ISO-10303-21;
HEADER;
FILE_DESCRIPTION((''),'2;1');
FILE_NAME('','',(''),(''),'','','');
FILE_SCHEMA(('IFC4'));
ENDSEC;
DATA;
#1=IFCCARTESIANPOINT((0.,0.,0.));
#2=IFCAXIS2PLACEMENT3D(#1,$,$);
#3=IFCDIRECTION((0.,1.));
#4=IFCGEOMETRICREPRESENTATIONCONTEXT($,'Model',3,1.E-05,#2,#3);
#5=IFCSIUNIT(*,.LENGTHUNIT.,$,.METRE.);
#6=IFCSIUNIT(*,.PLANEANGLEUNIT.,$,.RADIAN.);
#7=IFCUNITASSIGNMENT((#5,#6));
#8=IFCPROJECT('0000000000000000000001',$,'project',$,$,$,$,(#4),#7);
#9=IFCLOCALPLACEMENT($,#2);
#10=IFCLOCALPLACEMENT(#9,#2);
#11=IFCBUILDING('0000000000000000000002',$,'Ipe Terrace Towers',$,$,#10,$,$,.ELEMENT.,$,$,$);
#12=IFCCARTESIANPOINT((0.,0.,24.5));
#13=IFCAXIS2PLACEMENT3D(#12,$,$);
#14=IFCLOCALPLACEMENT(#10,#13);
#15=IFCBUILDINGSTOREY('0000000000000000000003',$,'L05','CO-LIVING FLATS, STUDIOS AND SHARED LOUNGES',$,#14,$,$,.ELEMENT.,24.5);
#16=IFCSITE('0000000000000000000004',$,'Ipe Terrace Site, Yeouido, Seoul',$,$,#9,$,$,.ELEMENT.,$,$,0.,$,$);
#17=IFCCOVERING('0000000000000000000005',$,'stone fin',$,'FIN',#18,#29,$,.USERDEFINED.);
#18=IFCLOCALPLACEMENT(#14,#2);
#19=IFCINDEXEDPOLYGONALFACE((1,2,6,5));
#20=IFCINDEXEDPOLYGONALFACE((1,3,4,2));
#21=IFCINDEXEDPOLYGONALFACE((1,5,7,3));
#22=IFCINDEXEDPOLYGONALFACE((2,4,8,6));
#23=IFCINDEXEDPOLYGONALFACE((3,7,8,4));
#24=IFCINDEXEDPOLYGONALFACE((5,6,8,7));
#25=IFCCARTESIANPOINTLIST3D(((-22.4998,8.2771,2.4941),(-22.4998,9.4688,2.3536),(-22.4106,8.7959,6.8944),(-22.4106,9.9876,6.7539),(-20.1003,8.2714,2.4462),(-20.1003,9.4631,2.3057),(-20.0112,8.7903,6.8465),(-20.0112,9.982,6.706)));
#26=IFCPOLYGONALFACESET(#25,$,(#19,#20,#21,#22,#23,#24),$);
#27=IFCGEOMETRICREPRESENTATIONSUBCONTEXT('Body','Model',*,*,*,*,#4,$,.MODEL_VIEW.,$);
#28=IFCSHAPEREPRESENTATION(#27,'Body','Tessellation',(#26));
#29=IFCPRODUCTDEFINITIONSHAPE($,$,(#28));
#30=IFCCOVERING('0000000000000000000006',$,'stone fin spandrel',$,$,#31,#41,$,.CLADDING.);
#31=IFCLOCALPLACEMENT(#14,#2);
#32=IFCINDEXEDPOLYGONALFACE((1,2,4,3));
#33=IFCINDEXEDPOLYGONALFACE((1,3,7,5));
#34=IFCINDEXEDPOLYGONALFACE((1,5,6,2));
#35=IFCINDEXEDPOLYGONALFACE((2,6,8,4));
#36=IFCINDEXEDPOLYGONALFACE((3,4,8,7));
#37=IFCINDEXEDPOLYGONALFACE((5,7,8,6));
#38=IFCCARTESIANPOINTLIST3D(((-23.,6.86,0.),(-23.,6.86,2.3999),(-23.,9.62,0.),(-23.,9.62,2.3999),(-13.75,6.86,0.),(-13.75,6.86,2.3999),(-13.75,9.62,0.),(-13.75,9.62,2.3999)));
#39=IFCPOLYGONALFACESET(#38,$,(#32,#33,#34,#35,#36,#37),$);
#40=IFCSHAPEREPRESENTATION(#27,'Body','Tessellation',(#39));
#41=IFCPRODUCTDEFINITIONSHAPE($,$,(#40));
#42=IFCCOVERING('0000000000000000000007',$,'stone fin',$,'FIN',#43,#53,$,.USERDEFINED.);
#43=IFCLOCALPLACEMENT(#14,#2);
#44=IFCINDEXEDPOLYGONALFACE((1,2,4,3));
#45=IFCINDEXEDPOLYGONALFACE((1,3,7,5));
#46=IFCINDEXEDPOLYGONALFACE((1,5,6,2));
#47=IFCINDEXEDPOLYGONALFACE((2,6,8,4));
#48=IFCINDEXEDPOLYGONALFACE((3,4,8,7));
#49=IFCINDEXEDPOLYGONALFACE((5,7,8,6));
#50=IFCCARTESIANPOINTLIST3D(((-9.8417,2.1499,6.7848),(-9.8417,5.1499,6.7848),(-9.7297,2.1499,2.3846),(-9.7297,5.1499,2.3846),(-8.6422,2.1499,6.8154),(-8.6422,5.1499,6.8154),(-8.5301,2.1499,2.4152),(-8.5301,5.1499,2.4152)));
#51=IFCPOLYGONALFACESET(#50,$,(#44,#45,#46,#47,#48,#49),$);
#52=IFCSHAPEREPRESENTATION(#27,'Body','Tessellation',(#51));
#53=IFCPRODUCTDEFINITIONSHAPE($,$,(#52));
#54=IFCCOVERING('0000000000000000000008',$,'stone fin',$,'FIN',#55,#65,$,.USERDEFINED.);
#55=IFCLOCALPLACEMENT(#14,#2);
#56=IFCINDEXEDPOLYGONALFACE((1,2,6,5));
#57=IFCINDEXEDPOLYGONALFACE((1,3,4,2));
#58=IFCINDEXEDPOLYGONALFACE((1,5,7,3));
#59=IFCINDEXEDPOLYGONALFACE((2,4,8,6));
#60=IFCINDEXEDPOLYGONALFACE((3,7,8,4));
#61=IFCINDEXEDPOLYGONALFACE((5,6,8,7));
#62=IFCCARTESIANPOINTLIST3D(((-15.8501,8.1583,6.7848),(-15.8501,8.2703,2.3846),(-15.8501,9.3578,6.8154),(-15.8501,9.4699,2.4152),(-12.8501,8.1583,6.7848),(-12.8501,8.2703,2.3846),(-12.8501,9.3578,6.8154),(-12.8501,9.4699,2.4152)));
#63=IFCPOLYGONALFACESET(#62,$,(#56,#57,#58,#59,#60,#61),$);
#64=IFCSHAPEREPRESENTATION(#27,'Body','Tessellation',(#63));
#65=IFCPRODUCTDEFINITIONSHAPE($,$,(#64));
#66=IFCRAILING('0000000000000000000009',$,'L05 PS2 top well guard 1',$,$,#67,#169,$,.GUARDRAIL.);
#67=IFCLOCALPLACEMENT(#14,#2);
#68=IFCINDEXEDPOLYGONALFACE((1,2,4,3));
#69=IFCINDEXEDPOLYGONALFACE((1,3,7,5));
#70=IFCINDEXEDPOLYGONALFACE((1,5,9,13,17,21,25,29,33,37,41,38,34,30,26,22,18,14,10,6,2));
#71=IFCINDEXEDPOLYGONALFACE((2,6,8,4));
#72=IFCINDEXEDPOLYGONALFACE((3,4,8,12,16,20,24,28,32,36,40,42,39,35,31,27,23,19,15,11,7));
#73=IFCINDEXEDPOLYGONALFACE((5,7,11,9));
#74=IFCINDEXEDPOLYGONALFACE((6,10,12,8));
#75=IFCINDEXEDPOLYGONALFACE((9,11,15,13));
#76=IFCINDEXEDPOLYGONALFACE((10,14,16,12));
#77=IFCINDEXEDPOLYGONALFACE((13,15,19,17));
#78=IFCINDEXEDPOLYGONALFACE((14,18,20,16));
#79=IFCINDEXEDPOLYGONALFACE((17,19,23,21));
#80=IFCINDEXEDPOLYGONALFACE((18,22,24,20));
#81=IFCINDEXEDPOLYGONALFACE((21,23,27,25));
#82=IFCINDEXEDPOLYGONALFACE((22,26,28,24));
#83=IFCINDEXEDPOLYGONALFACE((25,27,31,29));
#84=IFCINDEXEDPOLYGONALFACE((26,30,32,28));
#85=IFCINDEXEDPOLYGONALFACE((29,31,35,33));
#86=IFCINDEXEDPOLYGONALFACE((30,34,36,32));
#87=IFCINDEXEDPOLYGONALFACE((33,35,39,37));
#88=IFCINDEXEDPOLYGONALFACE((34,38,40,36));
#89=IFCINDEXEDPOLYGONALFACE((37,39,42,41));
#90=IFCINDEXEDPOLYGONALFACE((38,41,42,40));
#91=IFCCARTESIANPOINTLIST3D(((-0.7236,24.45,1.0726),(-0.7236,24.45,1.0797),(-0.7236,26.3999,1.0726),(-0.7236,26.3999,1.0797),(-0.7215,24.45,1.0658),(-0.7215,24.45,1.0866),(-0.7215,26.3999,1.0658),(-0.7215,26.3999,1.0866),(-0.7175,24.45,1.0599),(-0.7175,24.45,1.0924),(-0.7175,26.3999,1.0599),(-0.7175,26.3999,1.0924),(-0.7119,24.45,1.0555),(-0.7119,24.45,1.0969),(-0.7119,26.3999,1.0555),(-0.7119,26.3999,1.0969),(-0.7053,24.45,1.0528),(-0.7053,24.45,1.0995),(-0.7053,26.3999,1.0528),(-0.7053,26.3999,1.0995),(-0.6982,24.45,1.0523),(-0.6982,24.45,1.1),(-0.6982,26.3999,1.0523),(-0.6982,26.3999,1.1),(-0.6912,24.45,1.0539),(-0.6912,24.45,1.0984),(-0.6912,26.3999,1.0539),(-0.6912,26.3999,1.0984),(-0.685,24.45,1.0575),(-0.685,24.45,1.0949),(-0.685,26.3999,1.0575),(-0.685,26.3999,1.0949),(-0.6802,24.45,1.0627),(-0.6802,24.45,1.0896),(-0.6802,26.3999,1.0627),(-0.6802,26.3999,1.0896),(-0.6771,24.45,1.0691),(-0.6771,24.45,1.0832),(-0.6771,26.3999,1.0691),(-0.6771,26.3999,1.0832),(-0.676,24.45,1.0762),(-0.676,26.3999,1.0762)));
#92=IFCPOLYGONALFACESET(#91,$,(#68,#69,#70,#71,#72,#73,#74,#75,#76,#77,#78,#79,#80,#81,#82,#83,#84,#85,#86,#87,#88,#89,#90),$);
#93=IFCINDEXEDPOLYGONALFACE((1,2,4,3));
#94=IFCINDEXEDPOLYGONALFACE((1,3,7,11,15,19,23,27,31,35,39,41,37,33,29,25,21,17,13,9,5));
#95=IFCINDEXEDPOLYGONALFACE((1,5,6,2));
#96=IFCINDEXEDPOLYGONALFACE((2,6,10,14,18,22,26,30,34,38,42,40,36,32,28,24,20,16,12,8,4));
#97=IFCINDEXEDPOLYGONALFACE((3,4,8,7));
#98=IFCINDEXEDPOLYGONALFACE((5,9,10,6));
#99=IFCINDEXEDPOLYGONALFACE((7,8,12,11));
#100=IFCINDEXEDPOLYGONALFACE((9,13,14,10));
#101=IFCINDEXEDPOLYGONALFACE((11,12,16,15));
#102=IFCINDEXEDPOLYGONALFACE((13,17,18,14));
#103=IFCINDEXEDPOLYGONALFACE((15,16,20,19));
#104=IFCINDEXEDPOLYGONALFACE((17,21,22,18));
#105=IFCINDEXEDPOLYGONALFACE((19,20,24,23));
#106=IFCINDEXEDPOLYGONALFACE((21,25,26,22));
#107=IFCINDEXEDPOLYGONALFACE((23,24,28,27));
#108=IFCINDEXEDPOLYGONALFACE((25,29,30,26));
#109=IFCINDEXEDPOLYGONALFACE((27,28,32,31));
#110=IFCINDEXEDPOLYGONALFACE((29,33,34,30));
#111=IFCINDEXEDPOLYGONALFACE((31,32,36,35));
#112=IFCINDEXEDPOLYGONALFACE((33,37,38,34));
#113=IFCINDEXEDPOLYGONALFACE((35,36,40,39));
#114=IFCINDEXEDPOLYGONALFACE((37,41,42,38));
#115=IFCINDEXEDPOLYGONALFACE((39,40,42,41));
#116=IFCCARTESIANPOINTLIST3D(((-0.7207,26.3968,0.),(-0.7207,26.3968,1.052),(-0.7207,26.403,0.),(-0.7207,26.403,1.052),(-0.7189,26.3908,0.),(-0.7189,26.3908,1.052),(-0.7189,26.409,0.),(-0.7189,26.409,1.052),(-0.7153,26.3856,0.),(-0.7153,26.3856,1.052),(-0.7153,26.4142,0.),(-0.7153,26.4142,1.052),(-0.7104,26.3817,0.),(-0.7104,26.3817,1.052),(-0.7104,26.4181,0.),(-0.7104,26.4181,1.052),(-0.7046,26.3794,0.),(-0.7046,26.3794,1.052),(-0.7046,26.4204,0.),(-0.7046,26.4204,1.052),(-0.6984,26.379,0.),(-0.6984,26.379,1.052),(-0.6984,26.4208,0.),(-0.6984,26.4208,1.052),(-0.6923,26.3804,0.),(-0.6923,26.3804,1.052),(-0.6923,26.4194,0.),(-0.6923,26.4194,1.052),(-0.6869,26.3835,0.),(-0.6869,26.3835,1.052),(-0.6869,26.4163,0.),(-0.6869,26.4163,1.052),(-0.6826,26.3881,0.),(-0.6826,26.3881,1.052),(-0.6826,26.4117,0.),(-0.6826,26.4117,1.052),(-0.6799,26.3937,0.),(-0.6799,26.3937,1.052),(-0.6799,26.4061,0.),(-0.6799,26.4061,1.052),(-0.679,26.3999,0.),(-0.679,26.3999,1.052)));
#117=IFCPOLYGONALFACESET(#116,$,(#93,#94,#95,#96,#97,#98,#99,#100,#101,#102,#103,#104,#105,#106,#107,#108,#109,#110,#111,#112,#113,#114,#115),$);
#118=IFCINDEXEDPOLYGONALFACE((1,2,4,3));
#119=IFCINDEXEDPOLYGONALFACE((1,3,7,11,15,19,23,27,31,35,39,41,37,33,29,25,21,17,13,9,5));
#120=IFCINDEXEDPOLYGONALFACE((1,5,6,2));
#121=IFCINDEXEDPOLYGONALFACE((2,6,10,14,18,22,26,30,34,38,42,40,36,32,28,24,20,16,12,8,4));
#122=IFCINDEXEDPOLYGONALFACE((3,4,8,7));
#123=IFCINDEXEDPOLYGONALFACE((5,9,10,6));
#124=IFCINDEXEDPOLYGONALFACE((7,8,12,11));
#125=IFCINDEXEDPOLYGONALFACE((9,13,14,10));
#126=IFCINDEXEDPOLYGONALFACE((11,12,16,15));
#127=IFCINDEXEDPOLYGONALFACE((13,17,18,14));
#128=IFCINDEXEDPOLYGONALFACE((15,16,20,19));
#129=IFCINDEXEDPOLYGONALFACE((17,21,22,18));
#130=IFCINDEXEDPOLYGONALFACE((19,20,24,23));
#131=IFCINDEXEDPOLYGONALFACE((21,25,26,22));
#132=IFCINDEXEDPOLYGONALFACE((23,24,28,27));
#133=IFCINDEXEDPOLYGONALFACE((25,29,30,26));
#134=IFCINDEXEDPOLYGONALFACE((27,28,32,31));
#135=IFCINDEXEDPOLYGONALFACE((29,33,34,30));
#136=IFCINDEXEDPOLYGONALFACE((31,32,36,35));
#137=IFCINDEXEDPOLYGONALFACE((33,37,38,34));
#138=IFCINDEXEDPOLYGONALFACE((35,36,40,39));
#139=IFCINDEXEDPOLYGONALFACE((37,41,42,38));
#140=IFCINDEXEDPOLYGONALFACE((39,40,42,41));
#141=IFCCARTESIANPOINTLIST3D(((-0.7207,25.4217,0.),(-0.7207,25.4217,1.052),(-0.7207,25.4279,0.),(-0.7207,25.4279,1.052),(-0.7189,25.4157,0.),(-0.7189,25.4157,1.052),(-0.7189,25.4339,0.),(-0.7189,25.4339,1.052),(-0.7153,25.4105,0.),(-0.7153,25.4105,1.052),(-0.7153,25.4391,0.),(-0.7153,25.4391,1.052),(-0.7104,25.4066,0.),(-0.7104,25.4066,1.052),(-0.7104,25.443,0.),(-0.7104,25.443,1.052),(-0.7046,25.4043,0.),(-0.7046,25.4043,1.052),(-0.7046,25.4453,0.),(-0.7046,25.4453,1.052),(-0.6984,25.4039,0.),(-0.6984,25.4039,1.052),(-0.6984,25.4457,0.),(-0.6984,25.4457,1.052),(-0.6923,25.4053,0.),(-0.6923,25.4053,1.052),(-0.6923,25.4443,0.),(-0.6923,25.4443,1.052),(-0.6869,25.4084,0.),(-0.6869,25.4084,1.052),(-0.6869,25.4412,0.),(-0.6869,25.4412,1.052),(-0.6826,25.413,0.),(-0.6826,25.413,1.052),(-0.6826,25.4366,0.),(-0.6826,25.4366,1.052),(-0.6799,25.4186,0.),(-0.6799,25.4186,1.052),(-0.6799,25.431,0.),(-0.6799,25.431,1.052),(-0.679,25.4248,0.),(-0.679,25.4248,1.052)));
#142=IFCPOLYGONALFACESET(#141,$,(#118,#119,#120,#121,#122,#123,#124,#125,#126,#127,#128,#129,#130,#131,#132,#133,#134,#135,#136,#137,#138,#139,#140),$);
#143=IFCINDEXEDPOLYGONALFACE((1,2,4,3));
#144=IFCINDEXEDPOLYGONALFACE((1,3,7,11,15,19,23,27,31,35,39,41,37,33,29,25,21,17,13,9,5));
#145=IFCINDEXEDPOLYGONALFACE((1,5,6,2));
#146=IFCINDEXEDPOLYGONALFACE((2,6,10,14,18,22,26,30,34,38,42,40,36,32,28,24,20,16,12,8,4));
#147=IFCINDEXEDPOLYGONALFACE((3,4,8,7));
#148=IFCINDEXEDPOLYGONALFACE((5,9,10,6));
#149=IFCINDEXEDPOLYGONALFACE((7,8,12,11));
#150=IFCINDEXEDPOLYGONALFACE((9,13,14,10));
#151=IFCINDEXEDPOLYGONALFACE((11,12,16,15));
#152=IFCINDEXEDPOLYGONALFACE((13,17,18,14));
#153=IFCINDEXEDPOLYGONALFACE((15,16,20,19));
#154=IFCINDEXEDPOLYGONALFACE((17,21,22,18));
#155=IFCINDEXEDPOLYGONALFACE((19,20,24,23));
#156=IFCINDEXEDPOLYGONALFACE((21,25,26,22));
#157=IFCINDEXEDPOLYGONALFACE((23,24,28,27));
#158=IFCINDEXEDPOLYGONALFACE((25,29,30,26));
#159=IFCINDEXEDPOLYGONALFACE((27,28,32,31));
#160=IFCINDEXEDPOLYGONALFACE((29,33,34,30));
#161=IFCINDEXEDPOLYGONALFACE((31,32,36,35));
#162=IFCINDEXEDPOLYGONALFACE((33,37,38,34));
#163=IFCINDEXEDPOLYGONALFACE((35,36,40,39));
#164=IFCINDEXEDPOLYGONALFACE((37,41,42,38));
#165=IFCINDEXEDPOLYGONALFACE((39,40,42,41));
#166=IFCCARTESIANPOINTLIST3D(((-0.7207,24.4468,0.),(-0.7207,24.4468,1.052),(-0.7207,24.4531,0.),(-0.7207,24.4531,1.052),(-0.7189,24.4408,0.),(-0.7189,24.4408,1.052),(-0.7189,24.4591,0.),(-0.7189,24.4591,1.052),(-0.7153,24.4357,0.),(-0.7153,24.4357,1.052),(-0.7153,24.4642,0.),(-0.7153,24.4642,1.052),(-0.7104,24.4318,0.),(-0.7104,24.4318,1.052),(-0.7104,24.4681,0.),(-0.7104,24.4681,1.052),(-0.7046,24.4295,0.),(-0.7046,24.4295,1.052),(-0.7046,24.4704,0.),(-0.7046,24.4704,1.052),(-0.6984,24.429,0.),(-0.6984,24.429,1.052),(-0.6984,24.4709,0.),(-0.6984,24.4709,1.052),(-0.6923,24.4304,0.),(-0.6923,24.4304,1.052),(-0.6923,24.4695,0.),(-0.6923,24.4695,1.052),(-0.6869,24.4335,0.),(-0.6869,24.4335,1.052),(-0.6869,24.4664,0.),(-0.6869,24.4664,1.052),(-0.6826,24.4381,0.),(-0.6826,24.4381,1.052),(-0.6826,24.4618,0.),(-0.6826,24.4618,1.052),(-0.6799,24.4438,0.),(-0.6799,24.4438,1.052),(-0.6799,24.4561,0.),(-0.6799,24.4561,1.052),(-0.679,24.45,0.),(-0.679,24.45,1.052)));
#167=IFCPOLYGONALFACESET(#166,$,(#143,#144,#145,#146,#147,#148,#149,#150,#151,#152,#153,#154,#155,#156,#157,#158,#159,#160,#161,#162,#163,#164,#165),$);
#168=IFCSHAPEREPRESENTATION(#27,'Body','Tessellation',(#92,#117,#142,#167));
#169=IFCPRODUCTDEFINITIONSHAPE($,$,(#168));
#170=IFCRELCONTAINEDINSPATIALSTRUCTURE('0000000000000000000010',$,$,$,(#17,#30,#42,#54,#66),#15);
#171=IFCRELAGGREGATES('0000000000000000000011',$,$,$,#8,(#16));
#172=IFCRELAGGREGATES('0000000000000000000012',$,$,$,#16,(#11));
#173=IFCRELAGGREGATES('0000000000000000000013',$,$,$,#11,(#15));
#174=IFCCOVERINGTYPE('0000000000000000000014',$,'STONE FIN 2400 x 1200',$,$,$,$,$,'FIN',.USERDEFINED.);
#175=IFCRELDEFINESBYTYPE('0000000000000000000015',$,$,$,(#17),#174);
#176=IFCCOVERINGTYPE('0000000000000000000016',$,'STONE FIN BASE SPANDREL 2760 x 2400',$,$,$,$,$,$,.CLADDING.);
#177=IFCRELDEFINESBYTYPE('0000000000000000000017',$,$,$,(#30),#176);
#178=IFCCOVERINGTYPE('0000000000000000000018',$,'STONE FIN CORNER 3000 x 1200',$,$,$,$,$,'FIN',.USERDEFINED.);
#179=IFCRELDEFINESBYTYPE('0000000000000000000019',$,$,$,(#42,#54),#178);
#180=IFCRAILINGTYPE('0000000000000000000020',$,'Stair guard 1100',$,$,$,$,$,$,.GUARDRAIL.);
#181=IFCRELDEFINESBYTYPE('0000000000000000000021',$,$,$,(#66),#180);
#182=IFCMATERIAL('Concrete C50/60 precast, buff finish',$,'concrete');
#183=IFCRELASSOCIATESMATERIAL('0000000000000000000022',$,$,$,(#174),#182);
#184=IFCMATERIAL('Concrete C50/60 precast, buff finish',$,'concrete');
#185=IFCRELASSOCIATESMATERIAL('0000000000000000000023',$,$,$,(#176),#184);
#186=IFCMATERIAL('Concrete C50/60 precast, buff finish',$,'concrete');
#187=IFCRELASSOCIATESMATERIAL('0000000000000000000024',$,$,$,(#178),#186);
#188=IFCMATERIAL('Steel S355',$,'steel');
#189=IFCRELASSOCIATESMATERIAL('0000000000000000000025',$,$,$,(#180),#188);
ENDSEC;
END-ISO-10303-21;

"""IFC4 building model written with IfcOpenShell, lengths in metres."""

from ifc_helpers import new_model, si_unit, direction, frame, origin, origin_2d, place, context, subcontext, project, spatial, rectangle, circle, extrude, material, material_profile, profile_set, type_object, element, save


model = new_model("IFC4")

# Units and contexts
model_context = context("Model", 3, precision=1e-05, world=origin(), true_north=direction((0.0, 1.0)))
body_context = subcontext(model_context, "Body", "Model", "MODEL_VIEW")
ifc_project = project(units=[si_unit("LENGTHUNIT", "METRE"), si_unit("PLANEANGLEUNIT", "RADIAN")], contexts=[model_context])

# Site, building, storey
site_placement = place(None, origin())
site = spatial("IfcSite", under=ifc_project, at=site_placement, Name="Ipe Terrace Site, Yeouido, Seoul", CompositionType="ELEMENT", RefElevation=0.0)
building_placement = place(site_placement, origin())
building = spatial("IfcBuilding", under=site, at=building_placement, Name="Ipe Terrace Towers", CompositionType="ELEMENT")
storey_placement = place(building_placement, frame((0.0, 0.0, 24.5)))
storey = spatial("IfcBuildingStorey", under=building, at=storey_placement, Name="L05", Description="CO-LIVING FLATS, STUDIOS AND SHARED LOUNGES", CompositionType="ELEMENT", Elevation=24.5)

# Coverings
ifc_material_1 = material(Name="Concrete C50/60 precast, buff finish", Category="concrete")
ifc_material_profile_1 = material_profile(ifc_material_1, rectangle(XDim=2.3999, YDim=1.2, at=origin_2d()), Name="STONE FIN 2400 x 1200")
ifc_profile_set_1 = profile_set([ifc_material_profile_1], Name="Concrete C50/60 precast, buff finish")
covering_type_1 = type_object("IfcCoveringType", Name="STONE FIN 2400 x 1200", ElementType="FIN", PredefinedType="USERDEFINED", material=ifc_profile_set_1)
covering_1_placement = place(storey_placement, frame((-21.3, 8.8701, 2.3999), z_axis=(0.020109, 0.11707, 0.99292), x_axis=(-0.999798, 0.002355, 0.01997)))
element("IfcCovering", 1, at=covering_1_placement, inside=storey, type_object=covering_type_1, Name="stone fin", ObjectType="FIN", PredefinedType="USERDEFINED", context=body_context, shape_type="SweptSolid", body=[
    extrude(rectangle(XDim=2.3999, YDim=1.2, at=origin_2d()), origin(), (0.0, 0.0, 1.0), 4.4316),
])
ifc_material_2 = material(Name="Concrete C50/60 precast, buff finish", Category="concrete")
ifc_material_profile_2 = material_profile(ifc_material_2, rectangle(XDim=2.76, YDim=2.3999, at=origin_2d()), Name="STONE FIN BASE SPANDREL 2760 x 2400")
ifc_profile_set_2 = profile_set([ifc_material_profile_2], Name="Concrete C50/60 precast, buff finish")
covering_type_2 = type_object("IfcCoveringType", Name="STONE FIN BASE SPANDREL 2760 x 2400", PredefinedType="CLADDING", material=ifc_profile_set_2)
covering_2_placement = place(storey_placement, frame((-13.75, 8.24, 1.2), z_axis=(-1.0, 0.0, 0.0), x_axis=(0.0, 1.0, 0.0)))
element("IfcCovering", 2, at=covering_2_placement, inside=storey, type_object=covering_type_2, Name="stone fin spandrel", PredefinedType="CLADDING", context=body_context, shape_type="SweptSolid", body=[
    extrude(rectangle(XDim=2.76, YDim=2.3999, at=origin_2d()), origin(), (0.0, 0.0, 1.0), 9.25),
])
ifc_material_3 = material(Name="Concrete C50/60 precast, buff finish", Category="concrete")
ifc_material_profile_3 = material_profile(ifc_material_3, rectangle(XDim=3.0, YDim=1.2, at=origin_2d()), Name="STONE FIN CORNER 3000 x 1200")
ifc_profile_set_3 = profile_set([ifc_material_profile_3], Name="Concrete C50/60 precast, buff finish")
covering_type_3 = type_object("IfcCoveringType", Name="STONE FIN CORNER 3000 x 1200", ElementType="FIN", PredefinedType="USERDEFINED", material=ifc_profile_set_3)
for number, where, z_axis, x_axis, name in (
    (3, (-9.1299, 3.6499, 2.3999), (-0.025459, 0.0, 0.999676), (0.0, 1.0, 0.0), "stone fin"),
    (4, (-14.3501, 8.8701, 2.3999), (0.0, -0.025459, 0.999676), (-1.0, 0.0, 0.0), "stone fin"),
):
    element("IfcCovering", number, at=place(storey_placement, frame(where, z_axis=z_axis, x_axis=x_axis)), inside=storey, type_object=covering_type_3, Name=name, ObjectType="FIN", PredefinedType="USERDEFINED", context=body_context, shape_type="SweptSolid", body=[
        extrude(rectangle(XDim=3.0, YDim=1.2, at=origin_2d()), origin(), (0.0, 0.0, 1.0), 4.4016),
    ])

# Railing
ifc_material_4 = material(Name="Steel S355", Category="steel")
railing_type_1 = type_object("IfcRailingType", Name="Stair guard 1100", PredefinedType="GUARDRAIL", material=ifc_material_4)
railing_1_placement = place(storey_placement, frame((-0.7, 26.3999, 0.0)))
element("IfcRailing", 5, at=railing_1_placement, inside=storey, type_object=railing_type_1, Name="L05 PS2 top well guard 1", PredefinedType="GUARDRAIL", context=body_context, shape_type="SweptSolid", body=[
    extrude(circle(Radius=0.0239, at=origin_2d()), frame((0.0, 0.0, 1.0762), z_axis=(0.0, -1.0, 0.0), x_axis=(1.0, 0.0, 0.0)), (0.0, 0.0, 1.0), 1.95),
    extrude(circle(Radius=0.021, at=origin_2d()), origin(), (0.0, 0.0, 1.0), 1.052),
    extrude(circle(Radius=0.021, at=origin_2d()), frame((0.0, -0.9751, 0.0)), (0.0, 0.0, 1.0), 1.052),
    extrude(circle(Radius=0.021, at=origin_2d()), frame((0.0, -1.95, 0.0)), (0.0, 0.0, 1.0), 1.052),
])

save(model, "model.ifc")
